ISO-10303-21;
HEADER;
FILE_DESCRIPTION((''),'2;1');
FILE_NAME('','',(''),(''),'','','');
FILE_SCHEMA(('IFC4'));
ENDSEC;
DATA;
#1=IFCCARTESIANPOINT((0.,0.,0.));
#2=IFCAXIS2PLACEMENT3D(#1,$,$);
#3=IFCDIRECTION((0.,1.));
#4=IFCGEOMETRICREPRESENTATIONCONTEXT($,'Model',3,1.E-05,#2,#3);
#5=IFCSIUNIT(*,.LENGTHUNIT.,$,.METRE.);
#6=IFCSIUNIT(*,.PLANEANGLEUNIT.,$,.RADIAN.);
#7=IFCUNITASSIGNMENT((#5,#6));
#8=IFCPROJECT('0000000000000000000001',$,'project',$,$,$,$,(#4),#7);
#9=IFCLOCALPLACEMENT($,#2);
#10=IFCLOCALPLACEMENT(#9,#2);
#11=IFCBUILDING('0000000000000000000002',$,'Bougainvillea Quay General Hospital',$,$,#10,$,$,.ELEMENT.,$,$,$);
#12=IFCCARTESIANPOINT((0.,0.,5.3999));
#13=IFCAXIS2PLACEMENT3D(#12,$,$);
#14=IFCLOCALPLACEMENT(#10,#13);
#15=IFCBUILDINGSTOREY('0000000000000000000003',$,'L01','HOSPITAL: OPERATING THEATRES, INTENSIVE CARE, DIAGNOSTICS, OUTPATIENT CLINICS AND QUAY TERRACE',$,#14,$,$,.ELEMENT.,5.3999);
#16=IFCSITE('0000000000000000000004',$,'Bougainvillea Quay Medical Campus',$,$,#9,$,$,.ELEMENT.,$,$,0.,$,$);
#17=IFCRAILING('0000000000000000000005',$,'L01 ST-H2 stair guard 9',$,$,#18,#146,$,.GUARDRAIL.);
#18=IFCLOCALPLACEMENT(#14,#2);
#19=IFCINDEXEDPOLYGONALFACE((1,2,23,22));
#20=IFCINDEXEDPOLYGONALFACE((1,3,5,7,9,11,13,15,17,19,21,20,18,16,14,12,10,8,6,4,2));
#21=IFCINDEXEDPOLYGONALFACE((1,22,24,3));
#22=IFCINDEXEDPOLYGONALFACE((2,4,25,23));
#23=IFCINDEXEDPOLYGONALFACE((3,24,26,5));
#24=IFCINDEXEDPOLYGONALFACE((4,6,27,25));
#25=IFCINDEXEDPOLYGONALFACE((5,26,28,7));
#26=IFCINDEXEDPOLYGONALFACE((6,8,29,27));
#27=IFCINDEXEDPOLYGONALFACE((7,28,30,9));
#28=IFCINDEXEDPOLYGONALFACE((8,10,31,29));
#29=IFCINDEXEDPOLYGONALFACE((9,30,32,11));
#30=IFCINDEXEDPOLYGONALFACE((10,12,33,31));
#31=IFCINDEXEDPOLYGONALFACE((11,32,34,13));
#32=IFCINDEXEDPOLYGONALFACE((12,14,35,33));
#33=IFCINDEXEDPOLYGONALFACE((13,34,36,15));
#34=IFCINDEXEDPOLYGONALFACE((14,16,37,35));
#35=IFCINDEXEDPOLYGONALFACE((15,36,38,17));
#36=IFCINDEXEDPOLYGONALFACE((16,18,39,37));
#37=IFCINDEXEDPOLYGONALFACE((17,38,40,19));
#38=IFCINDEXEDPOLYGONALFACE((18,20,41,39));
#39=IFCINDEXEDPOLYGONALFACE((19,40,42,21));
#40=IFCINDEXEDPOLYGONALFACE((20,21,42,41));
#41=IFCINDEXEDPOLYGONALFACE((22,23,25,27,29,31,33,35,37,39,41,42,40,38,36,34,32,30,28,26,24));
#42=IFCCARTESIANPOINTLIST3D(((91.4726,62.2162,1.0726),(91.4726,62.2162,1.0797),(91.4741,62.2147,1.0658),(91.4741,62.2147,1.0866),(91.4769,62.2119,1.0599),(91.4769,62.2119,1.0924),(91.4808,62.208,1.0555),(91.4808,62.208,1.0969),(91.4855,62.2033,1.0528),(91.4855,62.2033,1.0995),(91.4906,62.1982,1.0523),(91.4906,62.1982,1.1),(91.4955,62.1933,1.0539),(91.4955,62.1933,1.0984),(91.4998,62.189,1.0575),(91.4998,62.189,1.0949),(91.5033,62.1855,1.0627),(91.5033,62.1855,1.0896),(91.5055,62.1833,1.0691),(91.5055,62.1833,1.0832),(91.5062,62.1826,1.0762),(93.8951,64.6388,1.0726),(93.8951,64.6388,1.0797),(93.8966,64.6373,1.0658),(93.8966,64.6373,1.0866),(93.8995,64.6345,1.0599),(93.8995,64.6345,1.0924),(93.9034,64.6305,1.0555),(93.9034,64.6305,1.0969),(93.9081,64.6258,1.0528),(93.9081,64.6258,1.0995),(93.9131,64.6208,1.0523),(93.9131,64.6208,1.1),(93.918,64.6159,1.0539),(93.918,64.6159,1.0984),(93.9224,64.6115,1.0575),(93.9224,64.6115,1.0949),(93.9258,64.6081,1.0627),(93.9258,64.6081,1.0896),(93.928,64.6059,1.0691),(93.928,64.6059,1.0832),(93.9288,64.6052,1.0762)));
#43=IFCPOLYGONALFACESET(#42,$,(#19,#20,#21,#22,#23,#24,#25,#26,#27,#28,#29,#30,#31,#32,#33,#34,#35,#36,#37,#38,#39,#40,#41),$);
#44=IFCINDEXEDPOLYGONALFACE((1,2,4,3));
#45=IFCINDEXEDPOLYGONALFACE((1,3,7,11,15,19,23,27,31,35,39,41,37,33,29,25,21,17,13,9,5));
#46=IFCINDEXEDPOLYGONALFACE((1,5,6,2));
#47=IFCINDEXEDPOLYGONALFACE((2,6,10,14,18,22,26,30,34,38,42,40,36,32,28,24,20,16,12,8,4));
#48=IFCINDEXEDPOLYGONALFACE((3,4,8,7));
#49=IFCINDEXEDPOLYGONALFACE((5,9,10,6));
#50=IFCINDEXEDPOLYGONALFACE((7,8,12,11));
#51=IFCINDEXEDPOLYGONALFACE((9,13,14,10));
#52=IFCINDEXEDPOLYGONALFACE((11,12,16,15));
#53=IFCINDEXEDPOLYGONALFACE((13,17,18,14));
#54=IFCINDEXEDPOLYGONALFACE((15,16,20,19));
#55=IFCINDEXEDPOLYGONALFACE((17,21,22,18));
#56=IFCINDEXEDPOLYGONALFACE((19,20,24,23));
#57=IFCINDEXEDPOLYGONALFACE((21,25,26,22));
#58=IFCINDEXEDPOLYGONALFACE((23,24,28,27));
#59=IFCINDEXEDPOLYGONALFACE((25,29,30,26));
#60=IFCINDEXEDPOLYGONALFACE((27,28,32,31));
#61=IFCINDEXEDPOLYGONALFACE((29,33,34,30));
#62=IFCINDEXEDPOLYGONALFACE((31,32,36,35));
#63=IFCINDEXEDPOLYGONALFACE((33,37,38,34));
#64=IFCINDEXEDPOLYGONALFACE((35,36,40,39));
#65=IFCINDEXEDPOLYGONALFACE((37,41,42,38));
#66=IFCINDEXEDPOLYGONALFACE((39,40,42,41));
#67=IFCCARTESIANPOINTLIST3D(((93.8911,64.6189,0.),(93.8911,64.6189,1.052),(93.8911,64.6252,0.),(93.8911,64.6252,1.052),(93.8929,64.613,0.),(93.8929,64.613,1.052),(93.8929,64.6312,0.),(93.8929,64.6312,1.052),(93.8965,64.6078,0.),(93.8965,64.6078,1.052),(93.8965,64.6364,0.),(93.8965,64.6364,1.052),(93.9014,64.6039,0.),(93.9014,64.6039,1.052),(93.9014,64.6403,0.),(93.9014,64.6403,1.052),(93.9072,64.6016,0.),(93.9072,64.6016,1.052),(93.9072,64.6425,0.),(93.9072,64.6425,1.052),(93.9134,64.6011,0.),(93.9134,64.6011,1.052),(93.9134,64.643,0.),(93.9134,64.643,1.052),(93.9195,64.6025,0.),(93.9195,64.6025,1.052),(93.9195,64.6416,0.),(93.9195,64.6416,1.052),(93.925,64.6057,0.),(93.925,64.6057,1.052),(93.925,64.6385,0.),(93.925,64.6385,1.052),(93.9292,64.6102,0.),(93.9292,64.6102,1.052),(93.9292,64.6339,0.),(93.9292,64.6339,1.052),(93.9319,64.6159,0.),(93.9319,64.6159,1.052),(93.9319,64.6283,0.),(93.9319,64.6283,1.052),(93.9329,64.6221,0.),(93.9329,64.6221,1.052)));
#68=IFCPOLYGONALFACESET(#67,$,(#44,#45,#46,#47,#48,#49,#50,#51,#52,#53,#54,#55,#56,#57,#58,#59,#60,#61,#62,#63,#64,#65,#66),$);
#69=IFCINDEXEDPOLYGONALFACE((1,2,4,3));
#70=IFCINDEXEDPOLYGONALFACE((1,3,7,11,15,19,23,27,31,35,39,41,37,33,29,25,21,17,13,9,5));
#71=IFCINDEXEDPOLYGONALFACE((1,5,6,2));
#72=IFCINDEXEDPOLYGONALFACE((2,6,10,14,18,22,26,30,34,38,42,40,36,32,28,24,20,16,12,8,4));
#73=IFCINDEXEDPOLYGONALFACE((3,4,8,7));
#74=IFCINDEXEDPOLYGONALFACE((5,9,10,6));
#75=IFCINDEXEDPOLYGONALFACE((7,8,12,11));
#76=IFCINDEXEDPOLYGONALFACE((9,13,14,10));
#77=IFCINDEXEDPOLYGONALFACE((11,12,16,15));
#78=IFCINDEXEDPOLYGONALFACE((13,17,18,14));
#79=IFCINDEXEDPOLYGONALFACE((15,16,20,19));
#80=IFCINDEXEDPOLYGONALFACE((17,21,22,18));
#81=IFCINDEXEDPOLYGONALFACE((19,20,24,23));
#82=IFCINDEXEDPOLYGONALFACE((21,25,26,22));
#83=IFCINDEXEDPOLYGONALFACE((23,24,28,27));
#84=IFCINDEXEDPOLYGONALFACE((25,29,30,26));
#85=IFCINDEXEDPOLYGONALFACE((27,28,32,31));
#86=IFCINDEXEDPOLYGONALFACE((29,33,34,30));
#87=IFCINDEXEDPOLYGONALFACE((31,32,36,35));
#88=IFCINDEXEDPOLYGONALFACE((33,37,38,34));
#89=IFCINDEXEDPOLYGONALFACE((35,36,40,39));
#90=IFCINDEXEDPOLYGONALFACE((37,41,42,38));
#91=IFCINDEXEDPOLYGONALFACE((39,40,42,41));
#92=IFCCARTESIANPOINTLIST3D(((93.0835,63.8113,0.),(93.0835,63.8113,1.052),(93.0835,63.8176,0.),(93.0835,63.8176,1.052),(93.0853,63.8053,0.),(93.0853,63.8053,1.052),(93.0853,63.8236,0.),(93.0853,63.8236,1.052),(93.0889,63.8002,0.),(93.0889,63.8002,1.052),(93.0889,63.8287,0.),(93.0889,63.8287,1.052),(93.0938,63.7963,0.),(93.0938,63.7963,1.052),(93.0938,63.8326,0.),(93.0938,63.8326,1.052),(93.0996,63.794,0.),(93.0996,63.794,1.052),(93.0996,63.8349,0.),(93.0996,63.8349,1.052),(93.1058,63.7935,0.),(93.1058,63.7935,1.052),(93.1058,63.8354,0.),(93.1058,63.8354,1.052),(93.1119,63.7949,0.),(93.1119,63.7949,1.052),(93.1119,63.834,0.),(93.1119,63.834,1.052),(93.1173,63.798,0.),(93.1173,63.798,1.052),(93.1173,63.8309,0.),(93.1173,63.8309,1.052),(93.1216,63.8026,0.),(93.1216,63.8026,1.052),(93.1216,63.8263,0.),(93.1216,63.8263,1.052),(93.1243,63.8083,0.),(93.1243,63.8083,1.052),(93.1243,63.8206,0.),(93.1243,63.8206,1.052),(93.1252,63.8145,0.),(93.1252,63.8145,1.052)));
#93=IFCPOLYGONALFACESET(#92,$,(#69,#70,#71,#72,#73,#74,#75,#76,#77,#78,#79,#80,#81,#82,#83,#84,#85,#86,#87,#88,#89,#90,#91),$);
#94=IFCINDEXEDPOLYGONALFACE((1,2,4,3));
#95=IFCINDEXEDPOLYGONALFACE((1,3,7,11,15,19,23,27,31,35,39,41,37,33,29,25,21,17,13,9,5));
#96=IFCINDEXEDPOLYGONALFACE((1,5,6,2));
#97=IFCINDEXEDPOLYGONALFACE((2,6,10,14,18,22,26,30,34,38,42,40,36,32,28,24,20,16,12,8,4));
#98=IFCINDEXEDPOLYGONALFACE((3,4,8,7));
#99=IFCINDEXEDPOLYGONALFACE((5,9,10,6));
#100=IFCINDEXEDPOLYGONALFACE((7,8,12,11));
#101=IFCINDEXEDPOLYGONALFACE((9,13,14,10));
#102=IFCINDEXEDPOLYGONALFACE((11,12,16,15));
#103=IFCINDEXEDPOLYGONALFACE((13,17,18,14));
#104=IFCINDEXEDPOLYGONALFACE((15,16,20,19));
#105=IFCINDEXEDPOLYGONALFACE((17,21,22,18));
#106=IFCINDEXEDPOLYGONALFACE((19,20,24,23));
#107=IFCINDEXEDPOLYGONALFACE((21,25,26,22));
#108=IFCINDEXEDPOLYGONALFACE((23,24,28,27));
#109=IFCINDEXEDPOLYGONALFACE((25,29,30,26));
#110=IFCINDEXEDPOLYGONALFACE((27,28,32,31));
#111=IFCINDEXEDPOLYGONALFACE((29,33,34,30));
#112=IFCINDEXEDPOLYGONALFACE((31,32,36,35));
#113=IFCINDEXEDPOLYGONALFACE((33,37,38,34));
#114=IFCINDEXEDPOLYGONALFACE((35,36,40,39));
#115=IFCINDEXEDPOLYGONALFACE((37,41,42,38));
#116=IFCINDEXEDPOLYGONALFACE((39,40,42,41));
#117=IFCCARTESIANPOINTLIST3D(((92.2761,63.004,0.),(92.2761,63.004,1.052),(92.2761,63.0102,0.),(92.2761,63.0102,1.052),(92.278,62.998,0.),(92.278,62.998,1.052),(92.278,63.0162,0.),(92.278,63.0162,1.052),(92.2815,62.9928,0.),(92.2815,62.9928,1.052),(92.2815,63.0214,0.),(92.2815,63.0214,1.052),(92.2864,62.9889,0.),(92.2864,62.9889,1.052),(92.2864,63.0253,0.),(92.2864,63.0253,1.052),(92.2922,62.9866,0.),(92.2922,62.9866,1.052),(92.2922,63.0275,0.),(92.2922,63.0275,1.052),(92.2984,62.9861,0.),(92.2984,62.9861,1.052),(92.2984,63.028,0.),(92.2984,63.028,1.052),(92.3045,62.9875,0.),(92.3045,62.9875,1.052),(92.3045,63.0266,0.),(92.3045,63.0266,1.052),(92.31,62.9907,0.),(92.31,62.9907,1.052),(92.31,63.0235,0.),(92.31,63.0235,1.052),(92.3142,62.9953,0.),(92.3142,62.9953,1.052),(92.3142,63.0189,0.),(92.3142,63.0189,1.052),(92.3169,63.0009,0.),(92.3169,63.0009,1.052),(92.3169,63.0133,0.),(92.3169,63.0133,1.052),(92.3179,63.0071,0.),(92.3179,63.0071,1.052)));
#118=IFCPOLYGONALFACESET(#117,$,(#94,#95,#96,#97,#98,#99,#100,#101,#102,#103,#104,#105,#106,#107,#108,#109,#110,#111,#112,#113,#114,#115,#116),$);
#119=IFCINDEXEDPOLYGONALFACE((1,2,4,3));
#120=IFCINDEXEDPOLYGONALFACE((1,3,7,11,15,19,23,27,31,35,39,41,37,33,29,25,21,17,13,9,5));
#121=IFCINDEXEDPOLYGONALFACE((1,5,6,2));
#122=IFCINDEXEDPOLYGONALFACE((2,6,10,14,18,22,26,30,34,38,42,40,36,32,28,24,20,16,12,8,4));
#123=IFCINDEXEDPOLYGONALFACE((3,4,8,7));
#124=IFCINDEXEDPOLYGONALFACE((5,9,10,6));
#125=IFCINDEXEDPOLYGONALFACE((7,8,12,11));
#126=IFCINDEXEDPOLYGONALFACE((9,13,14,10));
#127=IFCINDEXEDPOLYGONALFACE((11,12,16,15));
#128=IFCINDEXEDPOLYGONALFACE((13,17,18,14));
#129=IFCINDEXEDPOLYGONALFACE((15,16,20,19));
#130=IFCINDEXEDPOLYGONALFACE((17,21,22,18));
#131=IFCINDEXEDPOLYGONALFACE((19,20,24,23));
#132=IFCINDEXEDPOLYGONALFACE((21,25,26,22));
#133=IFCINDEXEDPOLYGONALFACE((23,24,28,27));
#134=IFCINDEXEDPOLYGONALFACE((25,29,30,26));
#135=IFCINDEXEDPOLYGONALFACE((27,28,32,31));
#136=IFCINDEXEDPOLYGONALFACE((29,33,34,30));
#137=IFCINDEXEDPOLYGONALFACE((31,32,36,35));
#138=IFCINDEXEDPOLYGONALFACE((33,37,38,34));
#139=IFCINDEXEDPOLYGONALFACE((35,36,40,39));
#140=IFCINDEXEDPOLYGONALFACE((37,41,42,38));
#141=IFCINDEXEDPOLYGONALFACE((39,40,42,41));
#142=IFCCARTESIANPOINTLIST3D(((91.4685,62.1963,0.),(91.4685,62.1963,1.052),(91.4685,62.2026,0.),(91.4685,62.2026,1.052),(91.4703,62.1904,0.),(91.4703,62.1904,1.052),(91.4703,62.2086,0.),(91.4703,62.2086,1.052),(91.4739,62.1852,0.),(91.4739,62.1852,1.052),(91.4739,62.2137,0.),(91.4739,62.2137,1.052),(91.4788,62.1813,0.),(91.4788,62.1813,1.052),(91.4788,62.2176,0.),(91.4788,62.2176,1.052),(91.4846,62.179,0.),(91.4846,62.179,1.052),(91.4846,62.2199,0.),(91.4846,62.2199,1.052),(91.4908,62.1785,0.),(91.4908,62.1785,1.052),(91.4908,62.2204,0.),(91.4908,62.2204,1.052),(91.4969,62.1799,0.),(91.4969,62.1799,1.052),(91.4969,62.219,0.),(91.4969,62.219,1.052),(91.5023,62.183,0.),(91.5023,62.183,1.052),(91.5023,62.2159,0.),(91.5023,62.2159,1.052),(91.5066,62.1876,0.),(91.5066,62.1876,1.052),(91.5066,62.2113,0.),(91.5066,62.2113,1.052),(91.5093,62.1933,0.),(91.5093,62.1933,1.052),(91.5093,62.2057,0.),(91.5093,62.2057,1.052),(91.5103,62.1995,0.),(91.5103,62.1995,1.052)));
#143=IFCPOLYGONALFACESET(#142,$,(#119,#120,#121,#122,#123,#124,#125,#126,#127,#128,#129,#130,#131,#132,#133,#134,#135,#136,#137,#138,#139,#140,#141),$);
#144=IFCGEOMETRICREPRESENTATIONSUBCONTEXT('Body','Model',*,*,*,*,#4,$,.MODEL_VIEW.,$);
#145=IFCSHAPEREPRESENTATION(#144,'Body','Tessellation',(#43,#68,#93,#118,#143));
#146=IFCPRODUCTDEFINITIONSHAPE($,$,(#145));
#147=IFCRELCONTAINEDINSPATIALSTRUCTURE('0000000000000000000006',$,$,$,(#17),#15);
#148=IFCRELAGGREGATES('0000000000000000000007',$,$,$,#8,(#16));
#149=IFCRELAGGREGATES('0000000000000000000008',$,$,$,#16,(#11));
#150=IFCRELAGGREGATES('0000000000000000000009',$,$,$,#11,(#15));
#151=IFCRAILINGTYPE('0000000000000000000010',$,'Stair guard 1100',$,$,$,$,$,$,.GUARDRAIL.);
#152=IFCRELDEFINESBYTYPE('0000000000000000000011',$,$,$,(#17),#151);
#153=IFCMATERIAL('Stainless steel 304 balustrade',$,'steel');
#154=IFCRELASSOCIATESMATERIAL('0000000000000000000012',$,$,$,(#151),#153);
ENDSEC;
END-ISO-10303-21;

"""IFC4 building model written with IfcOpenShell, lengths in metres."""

from ifc_helpers import new_model, si_unit, direction, frame, origin, origin_2d, place, context, subcontext, project, spatial, circle, extrude, material, type_object, element, save


model = new_model("IFC4")

# Units and contexts
model_context = context("Model", 3, precision=1e-05, world=origin(), true_north=direction((0.0, 1.0)))
body_context = subcontext(model_context, "Body", "Model", "MODEL_VIEW")
ifc_project = project(units=[si_unit("LENGTHUNIT", "METRE"), si_unit("PLANEANGLEUNIT", "RADIAN")], contexts=[model_context])

# Site, building, storey
site_placement = place(None, origin())
site = spatial("IfcSite", under=ifc_project, at=site_placement, Name="Bougainvillea Quay Medical Campus", CompositionType="ELEMENT", RefElevation=0.0)
building_placement = place(site_placement, origin())
building = spatial("IfcBuilding", under=site, at=building_placement, Name="Bougainvillea Quay General Hospital", CompositionType="ELEMENT")
storey_placement = place(building_placement, frame((0.0, 0.0, 5.3999)))
storey = spatial("IfcBuildingStorey", under=building, at=storey_placement, Name="L01", Description="HOSPITAL: OPERATING THEATRES, INTENSIVE CARE, DIAGNOSTICS, OUTPATIENT CLINICS AND QUAY TERRACE", CompositionType="ELEMENT", Elevation=5.3999)

# Railing
ifc_material_1 = material(Name="Stainless steel 304 balustrade", Category="steel")
railing_type_1 = type_object("IfcRailingType", Name="Stair guard 1100", PredefinedType="GUARDRAIL", material=ifc_material_1)
railing_1_placement = place(storey_placement, frame((93.9119, 64.6221, 0.0)))
element("IfcRailing", 1, at=railing_1_placement, inside=storey, type_object=railing_type_1, Name="L01 ST-H2 stair guard 9", PredefinedType="GUARDRAIL", context=body_context, shape_type="SweptSolid", body=[
    extrude(circle(Radius=0.0239, at=origin_2d()), frame((0.0, 0.0, 1.0762), z_axis=(-0.707107, -0.707107, 0.0), x_axis=(0.707107, -0.707107, 0.0)), (0.0, 0.0, 1.0), 3.426),
    extrude(circle(Radius=0.021, at=origin_2d()), origin(), (0.0, 0.0, 1.0), 1.052),
    extrude(circle(Radius=0.021, at=origin_2d()), frame((-0.8076, -0.8076, 0.0)), (0.0, 0.0, 1.0), 1.052),
    extrude(circle(Radius=0.021, at=origin_2d()), frame((-1.615, -1.615, 0.0)), (0.0, 0.0, 1.0), 1.052),
    extrude(circle(Radius=0.021, at=origin_2d()), frame((-2.4226, -2.4226, 0.0)), (0.0, 0.0, 1.0), 1.052),
])

save(model, "model.ifc")
